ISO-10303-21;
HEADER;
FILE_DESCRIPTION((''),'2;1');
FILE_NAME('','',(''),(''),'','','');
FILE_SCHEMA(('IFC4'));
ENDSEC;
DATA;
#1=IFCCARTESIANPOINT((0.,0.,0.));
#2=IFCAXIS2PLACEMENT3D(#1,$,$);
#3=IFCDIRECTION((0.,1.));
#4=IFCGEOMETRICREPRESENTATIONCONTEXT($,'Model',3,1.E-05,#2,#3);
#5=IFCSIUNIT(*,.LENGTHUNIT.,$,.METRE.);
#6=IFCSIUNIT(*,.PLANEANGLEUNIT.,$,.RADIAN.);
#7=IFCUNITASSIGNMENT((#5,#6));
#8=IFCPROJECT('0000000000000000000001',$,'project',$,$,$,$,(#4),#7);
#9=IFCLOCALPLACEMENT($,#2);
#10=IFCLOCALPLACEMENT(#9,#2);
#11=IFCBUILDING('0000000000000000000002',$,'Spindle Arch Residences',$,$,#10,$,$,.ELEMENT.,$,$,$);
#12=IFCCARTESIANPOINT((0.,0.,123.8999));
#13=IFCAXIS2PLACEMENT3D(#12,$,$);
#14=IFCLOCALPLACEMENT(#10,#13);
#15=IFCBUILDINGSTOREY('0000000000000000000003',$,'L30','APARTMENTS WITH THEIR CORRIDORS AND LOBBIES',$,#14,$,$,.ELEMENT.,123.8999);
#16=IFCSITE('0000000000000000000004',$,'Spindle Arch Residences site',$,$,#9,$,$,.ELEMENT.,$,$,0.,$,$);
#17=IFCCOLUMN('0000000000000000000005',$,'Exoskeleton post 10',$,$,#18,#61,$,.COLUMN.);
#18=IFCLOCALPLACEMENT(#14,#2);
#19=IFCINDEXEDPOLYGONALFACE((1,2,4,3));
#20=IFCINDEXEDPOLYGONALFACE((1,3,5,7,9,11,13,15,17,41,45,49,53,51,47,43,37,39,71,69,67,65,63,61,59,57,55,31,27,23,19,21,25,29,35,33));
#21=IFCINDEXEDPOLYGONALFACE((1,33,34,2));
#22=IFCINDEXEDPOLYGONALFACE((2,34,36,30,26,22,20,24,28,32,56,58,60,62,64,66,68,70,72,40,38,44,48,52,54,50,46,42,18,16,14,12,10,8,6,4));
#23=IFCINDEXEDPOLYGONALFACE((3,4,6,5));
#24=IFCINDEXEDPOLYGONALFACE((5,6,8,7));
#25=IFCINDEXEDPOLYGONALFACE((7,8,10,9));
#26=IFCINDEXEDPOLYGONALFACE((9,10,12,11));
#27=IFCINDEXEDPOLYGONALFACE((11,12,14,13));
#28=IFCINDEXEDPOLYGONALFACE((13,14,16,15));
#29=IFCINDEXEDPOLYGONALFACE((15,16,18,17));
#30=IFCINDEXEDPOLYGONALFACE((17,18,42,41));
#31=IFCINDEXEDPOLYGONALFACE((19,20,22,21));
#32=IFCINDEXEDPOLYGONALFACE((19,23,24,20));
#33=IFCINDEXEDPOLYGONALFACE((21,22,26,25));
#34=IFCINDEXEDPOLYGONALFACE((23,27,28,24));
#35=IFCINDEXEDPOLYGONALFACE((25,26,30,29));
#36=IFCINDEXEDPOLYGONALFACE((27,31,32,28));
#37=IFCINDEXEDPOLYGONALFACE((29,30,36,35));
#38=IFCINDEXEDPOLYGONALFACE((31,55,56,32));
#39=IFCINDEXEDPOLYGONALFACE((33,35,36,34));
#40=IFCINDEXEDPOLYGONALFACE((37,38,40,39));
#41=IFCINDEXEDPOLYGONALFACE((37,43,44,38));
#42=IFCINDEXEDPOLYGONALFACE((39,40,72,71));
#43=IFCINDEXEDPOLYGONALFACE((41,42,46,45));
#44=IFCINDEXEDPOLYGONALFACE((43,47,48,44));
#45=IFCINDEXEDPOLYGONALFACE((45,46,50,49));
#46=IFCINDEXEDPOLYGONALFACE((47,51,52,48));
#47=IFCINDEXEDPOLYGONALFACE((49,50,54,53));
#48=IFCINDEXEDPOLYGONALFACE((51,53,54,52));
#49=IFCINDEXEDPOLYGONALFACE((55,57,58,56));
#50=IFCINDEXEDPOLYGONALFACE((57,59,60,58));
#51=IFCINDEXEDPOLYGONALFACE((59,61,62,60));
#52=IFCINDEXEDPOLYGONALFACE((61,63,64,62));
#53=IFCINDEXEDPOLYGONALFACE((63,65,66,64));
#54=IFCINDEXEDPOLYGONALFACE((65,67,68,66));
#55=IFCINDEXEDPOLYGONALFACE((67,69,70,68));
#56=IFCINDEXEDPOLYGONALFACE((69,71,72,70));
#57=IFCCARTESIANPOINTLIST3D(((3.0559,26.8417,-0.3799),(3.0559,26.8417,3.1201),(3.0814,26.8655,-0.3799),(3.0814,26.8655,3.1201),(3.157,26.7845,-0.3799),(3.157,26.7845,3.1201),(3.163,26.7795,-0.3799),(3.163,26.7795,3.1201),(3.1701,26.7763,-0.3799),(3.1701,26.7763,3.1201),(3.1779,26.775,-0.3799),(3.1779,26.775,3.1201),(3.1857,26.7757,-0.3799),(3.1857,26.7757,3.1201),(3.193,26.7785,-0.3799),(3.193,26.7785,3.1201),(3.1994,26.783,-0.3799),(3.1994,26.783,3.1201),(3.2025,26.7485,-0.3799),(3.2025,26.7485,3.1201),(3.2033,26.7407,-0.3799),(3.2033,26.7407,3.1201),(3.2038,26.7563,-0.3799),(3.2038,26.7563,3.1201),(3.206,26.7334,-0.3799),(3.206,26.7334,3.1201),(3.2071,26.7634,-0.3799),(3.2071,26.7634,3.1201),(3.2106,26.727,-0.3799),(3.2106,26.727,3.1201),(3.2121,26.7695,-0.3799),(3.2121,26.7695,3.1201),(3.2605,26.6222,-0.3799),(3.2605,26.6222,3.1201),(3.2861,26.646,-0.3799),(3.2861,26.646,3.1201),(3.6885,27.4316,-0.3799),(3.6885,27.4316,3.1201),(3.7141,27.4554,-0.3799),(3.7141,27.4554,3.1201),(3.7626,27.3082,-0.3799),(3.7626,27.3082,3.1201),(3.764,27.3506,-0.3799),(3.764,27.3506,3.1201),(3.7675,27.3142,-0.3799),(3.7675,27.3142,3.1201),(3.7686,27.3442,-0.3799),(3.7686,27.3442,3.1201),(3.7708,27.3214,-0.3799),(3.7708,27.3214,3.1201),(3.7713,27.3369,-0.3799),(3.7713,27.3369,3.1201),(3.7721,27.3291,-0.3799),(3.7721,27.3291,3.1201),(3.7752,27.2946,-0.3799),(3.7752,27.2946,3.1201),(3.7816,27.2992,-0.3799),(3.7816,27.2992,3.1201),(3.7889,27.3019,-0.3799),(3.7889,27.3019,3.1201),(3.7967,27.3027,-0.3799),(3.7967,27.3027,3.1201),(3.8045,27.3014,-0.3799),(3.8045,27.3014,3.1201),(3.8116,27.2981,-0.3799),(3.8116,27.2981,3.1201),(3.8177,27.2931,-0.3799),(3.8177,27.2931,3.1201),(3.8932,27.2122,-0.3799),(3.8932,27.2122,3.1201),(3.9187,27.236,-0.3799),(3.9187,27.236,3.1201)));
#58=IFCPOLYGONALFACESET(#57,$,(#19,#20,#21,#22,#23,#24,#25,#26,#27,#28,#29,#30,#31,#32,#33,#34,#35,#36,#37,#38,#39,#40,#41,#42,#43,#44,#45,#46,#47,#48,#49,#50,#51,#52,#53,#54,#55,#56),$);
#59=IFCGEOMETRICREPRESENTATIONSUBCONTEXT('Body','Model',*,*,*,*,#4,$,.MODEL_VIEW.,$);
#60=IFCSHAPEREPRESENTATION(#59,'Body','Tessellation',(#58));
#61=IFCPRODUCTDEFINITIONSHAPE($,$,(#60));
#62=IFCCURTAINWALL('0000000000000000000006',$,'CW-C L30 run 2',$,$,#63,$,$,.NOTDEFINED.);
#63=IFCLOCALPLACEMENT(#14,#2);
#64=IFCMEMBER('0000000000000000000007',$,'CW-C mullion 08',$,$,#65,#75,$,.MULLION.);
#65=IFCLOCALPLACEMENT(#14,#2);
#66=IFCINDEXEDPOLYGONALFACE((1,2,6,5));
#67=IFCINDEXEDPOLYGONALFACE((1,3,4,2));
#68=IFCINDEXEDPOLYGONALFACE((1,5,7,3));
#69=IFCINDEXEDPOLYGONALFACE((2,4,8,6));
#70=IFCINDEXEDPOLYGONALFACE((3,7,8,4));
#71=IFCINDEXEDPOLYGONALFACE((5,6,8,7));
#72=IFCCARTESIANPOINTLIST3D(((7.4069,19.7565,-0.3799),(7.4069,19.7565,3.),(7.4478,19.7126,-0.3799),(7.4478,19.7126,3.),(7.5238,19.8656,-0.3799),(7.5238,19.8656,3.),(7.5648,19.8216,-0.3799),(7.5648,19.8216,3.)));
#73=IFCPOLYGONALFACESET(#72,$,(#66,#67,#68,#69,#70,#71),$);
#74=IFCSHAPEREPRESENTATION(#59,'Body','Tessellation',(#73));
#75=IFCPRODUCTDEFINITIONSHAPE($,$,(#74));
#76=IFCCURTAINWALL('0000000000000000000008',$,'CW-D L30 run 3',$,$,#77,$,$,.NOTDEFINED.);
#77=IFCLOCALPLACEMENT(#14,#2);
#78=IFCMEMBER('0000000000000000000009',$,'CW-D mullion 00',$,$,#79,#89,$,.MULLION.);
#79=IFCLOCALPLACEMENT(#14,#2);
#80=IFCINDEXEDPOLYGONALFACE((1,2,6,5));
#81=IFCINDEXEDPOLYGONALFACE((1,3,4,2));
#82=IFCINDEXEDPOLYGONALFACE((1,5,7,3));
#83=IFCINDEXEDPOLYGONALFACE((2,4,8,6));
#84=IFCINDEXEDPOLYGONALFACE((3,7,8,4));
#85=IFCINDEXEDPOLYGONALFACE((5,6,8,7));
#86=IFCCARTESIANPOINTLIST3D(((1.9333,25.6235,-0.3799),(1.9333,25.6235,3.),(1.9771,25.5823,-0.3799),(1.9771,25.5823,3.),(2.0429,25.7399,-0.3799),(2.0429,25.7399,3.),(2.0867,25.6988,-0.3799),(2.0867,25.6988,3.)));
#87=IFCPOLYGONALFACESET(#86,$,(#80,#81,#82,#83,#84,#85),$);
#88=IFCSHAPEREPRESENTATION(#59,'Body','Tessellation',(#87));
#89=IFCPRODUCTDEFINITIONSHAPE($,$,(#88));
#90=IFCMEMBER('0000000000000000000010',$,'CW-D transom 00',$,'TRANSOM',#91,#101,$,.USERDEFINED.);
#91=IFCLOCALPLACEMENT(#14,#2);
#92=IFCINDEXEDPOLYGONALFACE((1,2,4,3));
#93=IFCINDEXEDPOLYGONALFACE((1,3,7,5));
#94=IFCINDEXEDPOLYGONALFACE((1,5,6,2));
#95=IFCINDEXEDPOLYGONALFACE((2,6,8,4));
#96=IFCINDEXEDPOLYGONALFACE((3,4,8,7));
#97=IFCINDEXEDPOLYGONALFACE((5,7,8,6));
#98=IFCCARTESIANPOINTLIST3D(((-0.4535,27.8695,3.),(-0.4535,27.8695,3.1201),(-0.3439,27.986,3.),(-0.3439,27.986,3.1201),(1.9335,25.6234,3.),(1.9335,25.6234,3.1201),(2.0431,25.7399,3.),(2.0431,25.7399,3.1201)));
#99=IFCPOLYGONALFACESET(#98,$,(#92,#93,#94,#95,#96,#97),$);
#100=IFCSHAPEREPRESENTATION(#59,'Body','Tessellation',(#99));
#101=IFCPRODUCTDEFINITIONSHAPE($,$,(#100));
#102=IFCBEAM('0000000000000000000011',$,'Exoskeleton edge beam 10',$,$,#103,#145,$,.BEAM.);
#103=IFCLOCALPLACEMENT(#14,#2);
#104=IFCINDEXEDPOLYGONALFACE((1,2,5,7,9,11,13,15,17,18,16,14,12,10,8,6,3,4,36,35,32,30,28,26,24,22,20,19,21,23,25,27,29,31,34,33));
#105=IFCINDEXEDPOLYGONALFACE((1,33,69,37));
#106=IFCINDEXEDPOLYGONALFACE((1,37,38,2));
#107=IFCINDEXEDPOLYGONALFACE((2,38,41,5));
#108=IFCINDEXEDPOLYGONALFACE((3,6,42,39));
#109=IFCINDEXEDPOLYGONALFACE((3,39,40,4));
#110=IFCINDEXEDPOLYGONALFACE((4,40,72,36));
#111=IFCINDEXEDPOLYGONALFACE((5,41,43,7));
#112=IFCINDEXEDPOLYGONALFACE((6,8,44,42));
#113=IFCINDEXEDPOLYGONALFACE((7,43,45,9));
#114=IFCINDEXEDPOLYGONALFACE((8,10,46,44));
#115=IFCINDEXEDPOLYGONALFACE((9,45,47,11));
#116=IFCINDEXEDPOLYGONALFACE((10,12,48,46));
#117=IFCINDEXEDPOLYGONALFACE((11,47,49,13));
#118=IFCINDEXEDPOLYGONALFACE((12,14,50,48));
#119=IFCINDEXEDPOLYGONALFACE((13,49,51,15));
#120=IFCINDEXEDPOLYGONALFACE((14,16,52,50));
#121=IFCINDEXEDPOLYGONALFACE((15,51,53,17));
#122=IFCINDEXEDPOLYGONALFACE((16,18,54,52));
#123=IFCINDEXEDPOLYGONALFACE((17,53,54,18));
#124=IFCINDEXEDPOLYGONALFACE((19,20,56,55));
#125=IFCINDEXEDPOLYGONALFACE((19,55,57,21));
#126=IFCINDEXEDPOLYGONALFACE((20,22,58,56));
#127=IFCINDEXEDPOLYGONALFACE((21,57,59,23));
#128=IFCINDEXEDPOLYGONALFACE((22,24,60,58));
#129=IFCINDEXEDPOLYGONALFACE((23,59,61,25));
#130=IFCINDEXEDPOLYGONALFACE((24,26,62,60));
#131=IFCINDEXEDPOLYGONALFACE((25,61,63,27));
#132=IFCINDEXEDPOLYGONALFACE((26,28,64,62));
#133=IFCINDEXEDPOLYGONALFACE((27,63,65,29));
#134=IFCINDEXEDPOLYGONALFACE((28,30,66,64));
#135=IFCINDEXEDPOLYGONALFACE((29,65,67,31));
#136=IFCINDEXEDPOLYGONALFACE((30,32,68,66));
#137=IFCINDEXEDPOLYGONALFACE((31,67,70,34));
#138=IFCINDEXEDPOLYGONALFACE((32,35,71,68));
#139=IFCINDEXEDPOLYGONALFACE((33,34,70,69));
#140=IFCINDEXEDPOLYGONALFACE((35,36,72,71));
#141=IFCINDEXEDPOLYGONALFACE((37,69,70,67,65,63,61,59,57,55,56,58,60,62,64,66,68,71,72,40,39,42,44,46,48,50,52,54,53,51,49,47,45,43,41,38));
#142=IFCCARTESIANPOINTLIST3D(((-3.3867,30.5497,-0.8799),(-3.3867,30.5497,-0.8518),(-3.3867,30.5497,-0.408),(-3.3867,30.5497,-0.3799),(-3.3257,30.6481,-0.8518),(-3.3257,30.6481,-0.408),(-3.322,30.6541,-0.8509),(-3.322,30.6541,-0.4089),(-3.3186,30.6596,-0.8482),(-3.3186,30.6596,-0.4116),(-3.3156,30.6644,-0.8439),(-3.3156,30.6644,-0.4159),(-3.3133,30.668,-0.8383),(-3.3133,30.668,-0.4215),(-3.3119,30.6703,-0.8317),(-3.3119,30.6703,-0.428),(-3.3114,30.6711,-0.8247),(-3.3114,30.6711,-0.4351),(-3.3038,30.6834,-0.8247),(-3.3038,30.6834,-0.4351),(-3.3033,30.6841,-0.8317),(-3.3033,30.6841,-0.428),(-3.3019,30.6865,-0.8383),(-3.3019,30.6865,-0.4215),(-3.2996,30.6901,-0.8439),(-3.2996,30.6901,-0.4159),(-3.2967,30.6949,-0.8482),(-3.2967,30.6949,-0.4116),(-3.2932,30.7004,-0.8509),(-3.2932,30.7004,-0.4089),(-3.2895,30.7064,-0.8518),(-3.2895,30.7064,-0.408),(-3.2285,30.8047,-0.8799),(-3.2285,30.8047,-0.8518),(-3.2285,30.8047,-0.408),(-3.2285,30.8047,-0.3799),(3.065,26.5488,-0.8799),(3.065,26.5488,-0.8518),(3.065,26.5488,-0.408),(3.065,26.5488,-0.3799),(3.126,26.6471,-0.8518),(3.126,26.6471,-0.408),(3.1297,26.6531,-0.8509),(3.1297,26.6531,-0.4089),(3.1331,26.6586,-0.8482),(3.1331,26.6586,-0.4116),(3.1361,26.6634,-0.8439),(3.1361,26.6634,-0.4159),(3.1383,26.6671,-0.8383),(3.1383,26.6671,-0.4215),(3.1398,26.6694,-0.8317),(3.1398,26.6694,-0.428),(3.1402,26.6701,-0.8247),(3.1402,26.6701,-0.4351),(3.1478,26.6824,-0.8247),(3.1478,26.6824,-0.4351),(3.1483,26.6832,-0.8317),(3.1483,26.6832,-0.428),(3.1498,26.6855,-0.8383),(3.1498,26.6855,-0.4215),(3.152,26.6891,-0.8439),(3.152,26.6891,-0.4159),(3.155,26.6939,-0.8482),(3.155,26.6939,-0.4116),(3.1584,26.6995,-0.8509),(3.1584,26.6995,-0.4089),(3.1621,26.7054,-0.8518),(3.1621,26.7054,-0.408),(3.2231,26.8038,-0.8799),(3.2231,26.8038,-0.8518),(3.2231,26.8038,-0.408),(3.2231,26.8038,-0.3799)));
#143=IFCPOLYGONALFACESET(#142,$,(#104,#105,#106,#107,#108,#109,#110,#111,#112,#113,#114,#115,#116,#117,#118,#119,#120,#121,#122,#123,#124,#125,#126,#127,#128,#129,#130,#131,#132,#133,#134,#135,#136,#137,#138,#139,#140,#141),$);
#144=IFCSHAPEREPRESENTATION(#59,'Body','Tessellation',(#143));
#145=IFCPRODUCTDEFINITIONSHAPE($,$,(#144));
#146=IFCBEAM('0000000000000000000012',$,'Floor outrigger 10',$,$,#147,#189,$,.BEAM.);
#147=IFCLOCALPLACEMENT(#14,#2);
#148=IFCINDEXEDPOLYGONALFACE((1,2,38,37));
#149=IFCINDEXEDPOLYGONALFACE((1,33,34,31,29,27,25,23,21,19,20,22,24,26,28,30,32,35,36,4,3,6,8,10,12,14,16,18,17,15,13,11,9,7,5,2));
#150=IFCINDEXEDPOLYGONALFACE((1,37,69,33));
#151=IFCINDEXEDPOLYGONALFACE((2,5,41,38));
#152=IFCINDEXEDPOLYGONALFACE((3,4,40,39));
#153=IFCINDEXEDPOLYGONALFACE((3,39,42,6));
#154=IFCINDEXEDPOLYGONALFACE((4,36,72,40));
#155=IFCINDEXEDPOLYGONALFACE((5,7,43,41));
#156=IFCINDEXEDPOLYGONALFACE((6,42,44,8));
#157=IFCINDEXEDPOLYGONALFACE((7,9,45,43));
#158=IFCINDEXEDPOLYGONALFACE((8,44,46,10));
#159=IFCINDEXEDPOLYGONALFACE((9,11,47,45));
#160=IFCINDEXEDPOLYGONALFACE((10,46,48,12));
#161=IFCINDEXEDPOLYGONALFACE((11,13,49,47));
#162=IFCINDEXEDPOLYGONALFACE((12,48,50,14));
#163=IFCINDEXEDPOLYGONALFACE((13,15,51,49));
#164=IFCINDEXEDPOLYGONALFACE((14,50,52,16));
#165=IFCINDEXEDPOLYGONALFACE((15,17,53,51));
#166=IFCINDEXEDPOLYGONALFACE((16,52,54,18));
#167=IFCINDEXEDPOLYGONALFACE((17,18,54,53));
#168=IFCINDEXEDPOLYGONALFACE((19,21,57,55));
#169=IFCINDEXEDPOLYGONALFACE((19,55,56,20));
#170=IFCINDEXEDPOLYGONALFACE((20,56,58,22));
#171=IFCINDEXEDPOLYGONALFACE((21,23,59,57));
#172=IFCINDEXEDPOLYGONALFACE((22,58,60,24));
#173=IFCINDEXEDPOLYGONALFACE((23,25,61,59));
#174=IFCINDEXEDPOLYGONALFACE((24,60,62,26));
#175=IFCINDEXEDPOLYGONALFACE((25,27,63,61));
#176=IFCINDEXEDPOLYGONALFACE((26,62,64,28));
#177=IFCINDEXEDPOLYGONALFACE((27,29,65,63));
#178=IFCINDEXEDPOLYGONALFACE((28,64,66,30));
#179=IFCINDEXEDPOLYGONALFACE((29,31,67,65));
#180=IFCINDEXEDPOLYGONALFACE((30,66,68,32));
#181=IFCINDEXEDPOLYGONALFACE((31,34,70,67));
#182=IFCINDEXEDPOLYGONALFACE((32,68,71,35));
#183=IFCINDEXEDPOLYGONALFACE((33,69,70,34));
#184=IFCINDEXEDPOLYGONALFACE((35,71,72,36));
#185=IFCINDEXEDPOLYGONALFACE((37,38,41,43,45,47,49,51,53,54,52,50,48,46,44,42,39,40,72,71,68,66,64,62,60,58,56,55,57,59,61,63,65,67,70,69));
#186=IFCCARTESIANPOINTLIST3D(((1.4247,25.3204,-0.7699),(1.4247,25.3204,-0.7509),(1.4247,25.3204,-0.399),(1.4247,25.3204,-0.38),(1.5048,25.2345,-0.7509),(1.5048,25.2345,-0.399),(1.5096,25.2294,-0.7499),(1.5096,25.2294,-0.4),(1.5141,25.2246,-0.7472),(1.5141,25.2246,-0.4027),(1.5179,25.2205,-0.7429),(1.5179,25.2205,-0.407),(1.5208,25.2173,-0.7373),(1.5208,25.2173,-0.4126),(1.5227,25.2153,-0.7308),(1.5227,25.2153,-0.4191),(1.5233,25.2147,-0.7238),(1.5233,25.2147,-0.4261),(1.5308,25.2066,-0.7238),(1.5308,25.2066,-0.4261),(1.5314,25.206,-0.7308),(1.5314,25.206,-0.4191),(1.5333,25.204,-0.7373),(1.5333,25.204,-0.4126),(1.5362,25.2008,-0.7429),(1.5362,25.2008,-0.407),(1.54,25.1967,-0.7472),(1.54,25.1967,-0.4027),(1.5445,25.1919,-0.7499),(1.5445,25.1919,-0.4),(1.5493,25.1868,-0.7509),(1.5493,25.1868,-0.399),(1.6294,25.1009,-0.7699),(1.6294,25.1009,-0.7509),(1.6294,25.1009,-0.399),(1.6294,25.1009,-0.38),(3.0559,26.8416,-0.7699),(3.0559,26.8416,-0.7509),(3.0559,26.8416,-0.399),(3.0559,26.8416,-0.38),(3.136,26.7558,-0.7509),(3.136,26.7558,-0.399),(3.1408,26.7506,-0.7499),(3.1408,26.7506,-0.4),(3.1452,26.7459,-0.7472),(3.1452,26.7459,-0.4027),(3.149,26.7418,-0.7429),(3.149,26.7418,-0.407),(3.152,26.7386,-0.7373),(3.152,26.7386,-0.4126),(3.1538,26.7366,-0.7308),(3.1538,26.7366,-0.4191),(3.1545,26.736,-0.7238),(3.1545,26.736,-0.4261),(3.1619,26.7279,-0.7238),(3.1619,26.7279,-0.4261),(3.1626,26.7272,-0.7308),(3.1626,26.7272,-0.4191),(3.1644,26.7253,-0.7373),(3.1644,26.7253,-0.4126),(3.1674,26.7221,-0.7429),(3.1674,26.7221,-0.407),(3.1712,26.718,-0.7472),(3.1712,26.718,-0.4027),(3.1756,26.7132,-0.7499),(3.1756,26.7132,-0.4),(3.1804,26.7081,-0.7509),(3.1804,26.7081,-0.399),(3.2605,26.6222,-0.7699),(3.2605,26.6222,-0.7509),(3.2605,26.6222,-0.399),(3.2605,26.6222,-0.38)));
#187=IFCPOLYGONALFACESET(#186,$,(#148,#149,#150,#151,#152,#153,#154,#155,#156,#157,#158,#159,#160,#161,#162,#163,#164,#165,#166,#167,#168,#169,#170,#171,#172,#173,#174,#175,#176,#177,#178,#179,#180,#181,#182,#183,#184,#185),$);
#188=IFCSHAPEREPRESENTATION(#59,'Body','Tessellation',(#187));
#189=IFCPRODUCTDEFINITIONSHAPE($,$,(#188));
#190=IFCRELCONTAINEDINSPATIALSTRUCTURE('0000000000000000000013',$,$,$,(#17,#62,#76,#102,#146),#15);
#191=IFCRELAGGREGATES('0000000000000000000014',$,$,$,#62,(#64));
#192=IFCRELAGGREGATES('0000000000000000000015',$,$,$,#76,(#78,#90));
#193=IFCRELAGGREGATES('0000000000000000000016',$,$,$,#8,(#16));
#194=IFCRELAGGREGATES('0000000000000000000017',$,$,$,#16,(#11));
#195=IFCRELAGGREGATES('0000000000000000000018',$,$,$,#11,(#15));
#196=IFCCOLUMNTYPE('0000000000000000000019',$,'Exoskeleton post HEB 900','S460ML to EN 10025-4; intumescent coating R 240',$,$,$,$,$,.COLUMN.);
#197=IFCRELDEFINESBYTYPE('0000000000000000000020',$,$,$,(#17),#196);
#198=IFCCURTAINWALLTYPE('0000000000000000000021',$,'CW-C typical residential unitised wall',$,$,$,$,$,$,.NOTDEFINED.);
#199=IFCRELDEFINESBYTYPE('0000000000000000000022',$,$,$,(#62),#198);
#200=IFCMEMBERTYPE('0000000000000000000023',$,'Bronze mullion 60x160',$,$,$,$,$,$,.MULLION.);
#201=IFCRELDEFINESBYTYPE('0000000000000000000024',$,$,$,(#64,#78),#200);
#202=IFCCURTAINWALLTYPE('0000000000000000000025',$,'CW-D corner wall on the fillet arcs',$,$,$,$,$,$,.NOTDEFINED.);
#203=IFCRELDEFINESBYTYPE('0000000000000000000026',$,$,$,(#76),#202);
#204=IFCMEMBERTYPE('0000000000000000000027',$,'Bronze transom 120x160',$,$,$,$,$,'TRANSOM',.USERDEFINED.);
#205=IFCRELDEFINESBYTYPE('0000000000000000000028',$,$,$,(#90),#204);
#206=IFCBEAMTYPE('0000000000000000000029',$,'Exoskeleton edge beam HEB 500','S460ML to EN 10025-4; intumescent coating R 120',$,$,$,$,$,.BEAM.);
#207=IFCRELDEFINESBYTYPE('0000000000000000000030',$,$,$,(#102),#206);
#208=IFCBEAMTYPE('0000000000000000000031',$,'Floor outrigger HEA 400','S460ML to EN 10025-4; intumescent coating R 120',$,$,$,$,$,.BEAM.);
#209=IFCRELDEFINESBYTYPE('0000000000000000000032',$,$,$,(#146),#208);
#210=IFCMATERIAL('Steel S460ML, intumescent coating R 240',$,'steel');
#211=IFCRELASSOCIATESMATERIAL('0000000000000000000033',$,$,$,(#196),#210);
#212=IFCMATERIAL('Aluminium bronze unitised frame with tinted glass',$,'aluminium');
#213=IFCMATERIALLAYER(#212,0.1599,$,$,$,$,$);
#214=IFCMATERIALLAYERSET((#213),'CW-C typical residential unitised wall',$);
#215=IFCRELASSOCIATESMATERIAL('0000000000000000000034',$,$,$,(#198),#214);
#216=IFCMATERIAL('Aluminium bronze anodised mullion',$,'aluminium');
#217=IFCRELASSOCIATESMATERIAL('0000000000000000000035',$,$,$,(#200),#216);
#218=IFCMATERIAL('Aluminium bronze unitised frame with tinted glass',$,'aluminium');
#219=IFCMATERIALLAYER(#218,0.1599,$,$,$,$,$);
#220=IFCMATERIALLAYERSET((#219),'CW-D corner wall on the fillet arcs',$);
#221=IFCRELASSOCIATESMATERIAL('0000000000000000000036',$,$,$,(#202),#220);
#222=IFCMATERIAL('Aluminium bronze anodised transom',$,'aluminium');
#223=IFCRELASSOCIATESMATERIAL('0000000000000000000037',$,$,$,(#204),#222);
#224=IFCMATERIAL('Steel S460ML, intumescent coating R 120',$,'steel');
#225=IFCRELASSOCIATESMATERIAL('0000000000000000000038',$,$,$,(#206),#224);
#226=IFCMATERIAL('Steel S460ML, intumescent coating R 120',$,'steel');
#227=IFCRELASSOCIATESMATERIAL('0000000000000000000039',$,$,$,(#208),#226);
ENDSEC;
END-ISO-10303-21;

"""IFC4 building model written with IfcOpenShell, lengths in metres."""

from ifc_helpers import new_model, si_unit, direction, frame, origin, origin_2d, place, context, subcontext, project, spatial, rectangle, i_section, extrude, material, layer, layer_set, material_profile, profile_set, type_object, element, aggregate, save


model = new_model("IFC4")

# Units and contexts
model_context = context("Model", 3, precision=1e-05, world=origin(), true_north=direction((0.0, 1.0)))
body_context = subcontext(model_context, "Body", "Model", "MODEL_VIEW")
ifc_project = project(units=[si_unit("LENGTHUNIT", "METRE"), si_unit("PLANEANGLEUNIT", "RADIAN")], contexts=[model_context])

# Site, building, storey
site_placement = place(None, origin())
site = spatial("IfcSite", under=ifc_project, at=site_placement, Name="Spindle Arch Residences site", CompositionType="ELEMENT", RefElevation=0.0)
building_placement = place(site_placement, origin())
building = spatial("IfcBuilding", under=site, at=building_placement, Name="Spindle Arch Residences", CompositionType="ELEMENT")
storey_placement = place(building_placement, frame((0.0, 0.0, 123.8999)))
storey = spatial("IfcBuildingStorey", under=building, at=storey_placement, Name="L30", Description="APARTMENTS WITH THEIR CORRIDORS AND LOBBIES", CompositionType="ELEMENT", Elevation=123.8999)

# Column
ifc_material_1 = material(Name="Steel S460ML, intumescent coating R 240", Category="steel")
ifc_material_profile_1 = material_profile(ifc_material_1, i_section(OverallWidth=0.3, OverallDepth=0.8999, WebThickness=0.0186, FlangeThickness=0.0349, FilletRadius=0.03, at=origin_2d()), Name="HEB 900")
ifc_profile_set_1 = profile_set([ifc_material_profile_1], Name="Steel S460ML, intumescent coating R 240")
column_type = type_object("IfcColumnType", Name="Exoskeleton post HEB 900", Description="S460ML to EN 10025-4; intumescent coating R 240", PredefinedType="COLUMN", material=ifc_profile_set_1)
column_placement = place(storey_placement, frame((3.4873, 27.0388, -0.3799), z_axis=(0.0, 0.0, 1.0), x_axis=(0.681998, -0.731354, 0.0)))
element("IfcColumn", 1, at=column_placement, inside=storey, type_object=column_type, Name="Exoskeleton post 10", PredefinedType="COLUMN", context=body_context, shape_type="SweptSolid", body=[
    extrude(i_section(OverallWidth=0.3, OverallDepth=0.8999, WebThickness=0.0186, FlangeThickness=0.0349, FilletRadius=0.03, at=origin_2d()), origin(), (0.0, 0.0, 1.0), 3.5),
])

# Curtain wall, member
ifc_material_2 = material(Name="Aluminium bronze unitised frame with tinted glass", Category="aluminium")
ifc_layer_1 = layer(ifc_material_2, 0.1599)
ifc_layer_set_1 = layer_set([ifc_layer_1], Name="CW-C typical residential unitised wall")
curtain_wall_type_1 = type_object("IfcCurtainWallType", Name="CW-C typical residential unitised wall", PredefinedType="NOTDEFINED", material=ifc_layer_set_1)
curtain_wall_1_placement = place(storey_placement, origin())
curtain_wall_1 = element("IfcCurtainWall", 2, at=curtain_wall_1_placement, inside=storey, type_object=curtain_wall_type_1, Name="CW-C L30 run 2", PredefinedType="NOTDEFINED")
ifc_material_3 = material(Name="Aluminium bronze anodised mullion", Category="aluminium")
ifc_material_profile_2 = material_profile(ifc_material_3, rectangle(XDim=0.1599, YDim=0.0601, at=origin_2d()), Name="MU 60x160")
ifc_profile_set_2 = profile_set([ifc_material_profile_2], Name="Aluminium bronze anodised mullion")
member_type_1 = type_object("IfcMemberType", Name="Bronze mullion 60x160", PredefinedType="MULLION", material=ifc_profile_set_2)
member_1_placement = place(storey_placement, frame((7.4858, 19.7891, -0.3799), z_axis=(0.0, 0.0, 1.0), x_axis=(-0.731354, -0.681998, 0.0)))
member_1 = element("IfcMember", 3, at=member_1_placement, type_object=member_type_1, Name="CW-C mullion 08", PredefinedType="MULLION", context=body_context, shape_type="SweptSolid", body=[
    extrude(rectangle(XDim=0.1599, YDim=0.0601, at=origin_2d()), origin(), (0.0, 0.0, 1.0), 3.3799),
])

# Curtain wall, members
ifc_material_4 = material(Name="Aluminium bronze unitised frame with tinted glass", Category="aluminium")
ifc_layer_2 = layer(ifc_material_4, 0.1599)
ifc_layer_set_2 = layer_set([ifc_layer_2], Name="CW-D corner wall on the fillet arcs")
curtain_wall_type_2 = type_object("IfcCurtainWallType", Name="CW-D corner wall on the fillet arcs", PredefinedType="NOTDEFINED", material=ifc_layer_set_2)
curtain_wall_2_placement = place(storey_placement, origin())
curtain_wall_2 = element("IfcCurtainWall", 4, at=curtain_wall_2_placement, inside=storey, type_object=curtain_wall_type_2, Name="CW-D L30 run 3", PredefinedType="NOTDEFINED")
member_2_placement = place(storey_placement, frame((2.01, 25.6611, -0.3799), z_axis=(0.0, 0.0, 1.0), x_axis=(-0.68529, -0.72827, 0.0)))
member_2 = element("IfcMember", 5, at=member_2_placement, type_object=member_type_1, Name="CW-D mullion 00", PredefinedType="MULLION", context=body_context, shape_type="SweptSolid", body=[
    extrude(rectangle(XDim=0.1599, YDim=0.0601, at=origin_2d()), origin(), (0.0, 0.0, 1.0), 3.3799),
])
ifc_material_5 = material(Name="Aluminium bronze anodised transom", Category="aluminium")
ifc_material_profile_3 = material_profile(ifc_material_5, rectangle(XDim=0.1599, YDim=0.1201, at=origin_2d()), Name="TR 120x160")
ifc_profile_set_3 = profile_set([ifc_material_profile_3], Name="Aluminium bronze anodised transom")
member_type_2 = type_object("IfcMemberType", Name="Bronze transom 120x160", ElementType="TRANSOM", PredefinedType="USERDEFINED", material=ifc_profile_set_3)
member_3_placement = place(storey_placement, frame((1.9883, 25.6816, 3.0601), z_axis=(-0.72827, 0.68529, 0.0), x_axis=(-0.68529, -0.72827, 0.0)))
member_3 = element("IfcMember", 6, at=member_3_placement, type_object=member_type_2, Name="CW-D transom 00", ObjectType="TRANSOM", PredefinedType="USERDEFINED", context=body_context, shape_type="SweptSolid", body=[
    extrude(rectangle(XDim=0.1599, YDim=0.1201, at=origin_2d()), origin(), (0.0, 0.0, 1.0), 3.2776),
])

# Beams
ifc_material_6 = material(Name="Steel S460ML, intumescent coating R 120", Category="steel")
ifc_material_profile_4 = material_profile(ifc_material_6, i_section(OverallWidth=0.3, OverallDepth=0.5, WebThickness=0.0144, FlangeThickness=0.0281, FilletRadius=0.0271, at=origin_2d()), Name="HEB 500")
ifc_profile_set_4 = profile_set([ifc_material_profile_4], Name="Steel S460ML, intumescent coating R 120")
beam_type_1 = type_object("IfcBeamType", Name="Exoskeleton edge beam HEB 500", Description="S460ML to EN 10025-4; intumescent coating R 120", PredefinedType="BEAM", material=ifc_profile_set_4)
beam_1_placement = place(storey_placement, frame((3.144, 26.6763, -0.6299), z_axis=(-0.849847, 0.52703, 0.0), x_axis=(-0.52703, -0.849847, 0.0)))
element("IfcBeam", 7, at=beam_1_placement, inside=storey, type_object=beam_type_1, Name="Exoskeleton edge beam 10", PredefinedType="BEAM", context=body_context, shape_type="SweptSolid", body=[
    extrude(i_section(OverallWidth=0.3, OverallDepth=0.5, WebThickness=0.0144, FlangeThickness=0.0281, FilletRadius=0.0271, at=origin_2d()), origin(), (0.0, 0.0, 1.0), 7.5916),
])
ifc_material_7 = material(Name="Steel S460ML, intumescent coating R 120", Category="steel")
ifc_material_profile_5 = material_profile(ifc_material_7, i_section(OverallWidth=0.3, OverallDepth=0.3899, WebThickness=0.011, FlangeThickness=0.019, FilletRadius=0.0271, at=origin_2d()), Name="HEA 400")
ifc_profile_set_5 = profile_set([ifc_material_profile_5], Name="Steel S460ML, intumescent coating R 120")
beam_type_2 = type_object("IfcBeamType", Name="Floor outrigger HEA 400", Description="S460ML to EN 10025-4; intumescent coating R 120", PredefinedType="BEAM", material=ifc_profile_set_5)
beam_2_placement = place(storey_placement, frame((3.1582, 26.7319, -0.575), z_axis=(-0.731306, -0.682049, 0.0), x_axis=(0.682049, -0.731306, 0.0)))
element("IfcBeam", 8, at=beam_2_placement, inside=storey, type_object=beam_type_2, Name="Floor outrigger 10", PredefinedType="BEAM", context=body_context, shape_type="SweptSolid", body=[
    extrude(i_section(OverallWidth=0.3, OverallDepth=0.3899, WebThickness=0.011, FlangeThickness=0.019, FilletRadius=0.0271, at=origin_2d()), origin(), (0.0, 0.0, 1.0), 2.2305),
])

aggregate(curtain_wall_1, [member_1])
aggregate(curtain_wall_2, [member_2, member_3])

save(model, "model.ifc")
